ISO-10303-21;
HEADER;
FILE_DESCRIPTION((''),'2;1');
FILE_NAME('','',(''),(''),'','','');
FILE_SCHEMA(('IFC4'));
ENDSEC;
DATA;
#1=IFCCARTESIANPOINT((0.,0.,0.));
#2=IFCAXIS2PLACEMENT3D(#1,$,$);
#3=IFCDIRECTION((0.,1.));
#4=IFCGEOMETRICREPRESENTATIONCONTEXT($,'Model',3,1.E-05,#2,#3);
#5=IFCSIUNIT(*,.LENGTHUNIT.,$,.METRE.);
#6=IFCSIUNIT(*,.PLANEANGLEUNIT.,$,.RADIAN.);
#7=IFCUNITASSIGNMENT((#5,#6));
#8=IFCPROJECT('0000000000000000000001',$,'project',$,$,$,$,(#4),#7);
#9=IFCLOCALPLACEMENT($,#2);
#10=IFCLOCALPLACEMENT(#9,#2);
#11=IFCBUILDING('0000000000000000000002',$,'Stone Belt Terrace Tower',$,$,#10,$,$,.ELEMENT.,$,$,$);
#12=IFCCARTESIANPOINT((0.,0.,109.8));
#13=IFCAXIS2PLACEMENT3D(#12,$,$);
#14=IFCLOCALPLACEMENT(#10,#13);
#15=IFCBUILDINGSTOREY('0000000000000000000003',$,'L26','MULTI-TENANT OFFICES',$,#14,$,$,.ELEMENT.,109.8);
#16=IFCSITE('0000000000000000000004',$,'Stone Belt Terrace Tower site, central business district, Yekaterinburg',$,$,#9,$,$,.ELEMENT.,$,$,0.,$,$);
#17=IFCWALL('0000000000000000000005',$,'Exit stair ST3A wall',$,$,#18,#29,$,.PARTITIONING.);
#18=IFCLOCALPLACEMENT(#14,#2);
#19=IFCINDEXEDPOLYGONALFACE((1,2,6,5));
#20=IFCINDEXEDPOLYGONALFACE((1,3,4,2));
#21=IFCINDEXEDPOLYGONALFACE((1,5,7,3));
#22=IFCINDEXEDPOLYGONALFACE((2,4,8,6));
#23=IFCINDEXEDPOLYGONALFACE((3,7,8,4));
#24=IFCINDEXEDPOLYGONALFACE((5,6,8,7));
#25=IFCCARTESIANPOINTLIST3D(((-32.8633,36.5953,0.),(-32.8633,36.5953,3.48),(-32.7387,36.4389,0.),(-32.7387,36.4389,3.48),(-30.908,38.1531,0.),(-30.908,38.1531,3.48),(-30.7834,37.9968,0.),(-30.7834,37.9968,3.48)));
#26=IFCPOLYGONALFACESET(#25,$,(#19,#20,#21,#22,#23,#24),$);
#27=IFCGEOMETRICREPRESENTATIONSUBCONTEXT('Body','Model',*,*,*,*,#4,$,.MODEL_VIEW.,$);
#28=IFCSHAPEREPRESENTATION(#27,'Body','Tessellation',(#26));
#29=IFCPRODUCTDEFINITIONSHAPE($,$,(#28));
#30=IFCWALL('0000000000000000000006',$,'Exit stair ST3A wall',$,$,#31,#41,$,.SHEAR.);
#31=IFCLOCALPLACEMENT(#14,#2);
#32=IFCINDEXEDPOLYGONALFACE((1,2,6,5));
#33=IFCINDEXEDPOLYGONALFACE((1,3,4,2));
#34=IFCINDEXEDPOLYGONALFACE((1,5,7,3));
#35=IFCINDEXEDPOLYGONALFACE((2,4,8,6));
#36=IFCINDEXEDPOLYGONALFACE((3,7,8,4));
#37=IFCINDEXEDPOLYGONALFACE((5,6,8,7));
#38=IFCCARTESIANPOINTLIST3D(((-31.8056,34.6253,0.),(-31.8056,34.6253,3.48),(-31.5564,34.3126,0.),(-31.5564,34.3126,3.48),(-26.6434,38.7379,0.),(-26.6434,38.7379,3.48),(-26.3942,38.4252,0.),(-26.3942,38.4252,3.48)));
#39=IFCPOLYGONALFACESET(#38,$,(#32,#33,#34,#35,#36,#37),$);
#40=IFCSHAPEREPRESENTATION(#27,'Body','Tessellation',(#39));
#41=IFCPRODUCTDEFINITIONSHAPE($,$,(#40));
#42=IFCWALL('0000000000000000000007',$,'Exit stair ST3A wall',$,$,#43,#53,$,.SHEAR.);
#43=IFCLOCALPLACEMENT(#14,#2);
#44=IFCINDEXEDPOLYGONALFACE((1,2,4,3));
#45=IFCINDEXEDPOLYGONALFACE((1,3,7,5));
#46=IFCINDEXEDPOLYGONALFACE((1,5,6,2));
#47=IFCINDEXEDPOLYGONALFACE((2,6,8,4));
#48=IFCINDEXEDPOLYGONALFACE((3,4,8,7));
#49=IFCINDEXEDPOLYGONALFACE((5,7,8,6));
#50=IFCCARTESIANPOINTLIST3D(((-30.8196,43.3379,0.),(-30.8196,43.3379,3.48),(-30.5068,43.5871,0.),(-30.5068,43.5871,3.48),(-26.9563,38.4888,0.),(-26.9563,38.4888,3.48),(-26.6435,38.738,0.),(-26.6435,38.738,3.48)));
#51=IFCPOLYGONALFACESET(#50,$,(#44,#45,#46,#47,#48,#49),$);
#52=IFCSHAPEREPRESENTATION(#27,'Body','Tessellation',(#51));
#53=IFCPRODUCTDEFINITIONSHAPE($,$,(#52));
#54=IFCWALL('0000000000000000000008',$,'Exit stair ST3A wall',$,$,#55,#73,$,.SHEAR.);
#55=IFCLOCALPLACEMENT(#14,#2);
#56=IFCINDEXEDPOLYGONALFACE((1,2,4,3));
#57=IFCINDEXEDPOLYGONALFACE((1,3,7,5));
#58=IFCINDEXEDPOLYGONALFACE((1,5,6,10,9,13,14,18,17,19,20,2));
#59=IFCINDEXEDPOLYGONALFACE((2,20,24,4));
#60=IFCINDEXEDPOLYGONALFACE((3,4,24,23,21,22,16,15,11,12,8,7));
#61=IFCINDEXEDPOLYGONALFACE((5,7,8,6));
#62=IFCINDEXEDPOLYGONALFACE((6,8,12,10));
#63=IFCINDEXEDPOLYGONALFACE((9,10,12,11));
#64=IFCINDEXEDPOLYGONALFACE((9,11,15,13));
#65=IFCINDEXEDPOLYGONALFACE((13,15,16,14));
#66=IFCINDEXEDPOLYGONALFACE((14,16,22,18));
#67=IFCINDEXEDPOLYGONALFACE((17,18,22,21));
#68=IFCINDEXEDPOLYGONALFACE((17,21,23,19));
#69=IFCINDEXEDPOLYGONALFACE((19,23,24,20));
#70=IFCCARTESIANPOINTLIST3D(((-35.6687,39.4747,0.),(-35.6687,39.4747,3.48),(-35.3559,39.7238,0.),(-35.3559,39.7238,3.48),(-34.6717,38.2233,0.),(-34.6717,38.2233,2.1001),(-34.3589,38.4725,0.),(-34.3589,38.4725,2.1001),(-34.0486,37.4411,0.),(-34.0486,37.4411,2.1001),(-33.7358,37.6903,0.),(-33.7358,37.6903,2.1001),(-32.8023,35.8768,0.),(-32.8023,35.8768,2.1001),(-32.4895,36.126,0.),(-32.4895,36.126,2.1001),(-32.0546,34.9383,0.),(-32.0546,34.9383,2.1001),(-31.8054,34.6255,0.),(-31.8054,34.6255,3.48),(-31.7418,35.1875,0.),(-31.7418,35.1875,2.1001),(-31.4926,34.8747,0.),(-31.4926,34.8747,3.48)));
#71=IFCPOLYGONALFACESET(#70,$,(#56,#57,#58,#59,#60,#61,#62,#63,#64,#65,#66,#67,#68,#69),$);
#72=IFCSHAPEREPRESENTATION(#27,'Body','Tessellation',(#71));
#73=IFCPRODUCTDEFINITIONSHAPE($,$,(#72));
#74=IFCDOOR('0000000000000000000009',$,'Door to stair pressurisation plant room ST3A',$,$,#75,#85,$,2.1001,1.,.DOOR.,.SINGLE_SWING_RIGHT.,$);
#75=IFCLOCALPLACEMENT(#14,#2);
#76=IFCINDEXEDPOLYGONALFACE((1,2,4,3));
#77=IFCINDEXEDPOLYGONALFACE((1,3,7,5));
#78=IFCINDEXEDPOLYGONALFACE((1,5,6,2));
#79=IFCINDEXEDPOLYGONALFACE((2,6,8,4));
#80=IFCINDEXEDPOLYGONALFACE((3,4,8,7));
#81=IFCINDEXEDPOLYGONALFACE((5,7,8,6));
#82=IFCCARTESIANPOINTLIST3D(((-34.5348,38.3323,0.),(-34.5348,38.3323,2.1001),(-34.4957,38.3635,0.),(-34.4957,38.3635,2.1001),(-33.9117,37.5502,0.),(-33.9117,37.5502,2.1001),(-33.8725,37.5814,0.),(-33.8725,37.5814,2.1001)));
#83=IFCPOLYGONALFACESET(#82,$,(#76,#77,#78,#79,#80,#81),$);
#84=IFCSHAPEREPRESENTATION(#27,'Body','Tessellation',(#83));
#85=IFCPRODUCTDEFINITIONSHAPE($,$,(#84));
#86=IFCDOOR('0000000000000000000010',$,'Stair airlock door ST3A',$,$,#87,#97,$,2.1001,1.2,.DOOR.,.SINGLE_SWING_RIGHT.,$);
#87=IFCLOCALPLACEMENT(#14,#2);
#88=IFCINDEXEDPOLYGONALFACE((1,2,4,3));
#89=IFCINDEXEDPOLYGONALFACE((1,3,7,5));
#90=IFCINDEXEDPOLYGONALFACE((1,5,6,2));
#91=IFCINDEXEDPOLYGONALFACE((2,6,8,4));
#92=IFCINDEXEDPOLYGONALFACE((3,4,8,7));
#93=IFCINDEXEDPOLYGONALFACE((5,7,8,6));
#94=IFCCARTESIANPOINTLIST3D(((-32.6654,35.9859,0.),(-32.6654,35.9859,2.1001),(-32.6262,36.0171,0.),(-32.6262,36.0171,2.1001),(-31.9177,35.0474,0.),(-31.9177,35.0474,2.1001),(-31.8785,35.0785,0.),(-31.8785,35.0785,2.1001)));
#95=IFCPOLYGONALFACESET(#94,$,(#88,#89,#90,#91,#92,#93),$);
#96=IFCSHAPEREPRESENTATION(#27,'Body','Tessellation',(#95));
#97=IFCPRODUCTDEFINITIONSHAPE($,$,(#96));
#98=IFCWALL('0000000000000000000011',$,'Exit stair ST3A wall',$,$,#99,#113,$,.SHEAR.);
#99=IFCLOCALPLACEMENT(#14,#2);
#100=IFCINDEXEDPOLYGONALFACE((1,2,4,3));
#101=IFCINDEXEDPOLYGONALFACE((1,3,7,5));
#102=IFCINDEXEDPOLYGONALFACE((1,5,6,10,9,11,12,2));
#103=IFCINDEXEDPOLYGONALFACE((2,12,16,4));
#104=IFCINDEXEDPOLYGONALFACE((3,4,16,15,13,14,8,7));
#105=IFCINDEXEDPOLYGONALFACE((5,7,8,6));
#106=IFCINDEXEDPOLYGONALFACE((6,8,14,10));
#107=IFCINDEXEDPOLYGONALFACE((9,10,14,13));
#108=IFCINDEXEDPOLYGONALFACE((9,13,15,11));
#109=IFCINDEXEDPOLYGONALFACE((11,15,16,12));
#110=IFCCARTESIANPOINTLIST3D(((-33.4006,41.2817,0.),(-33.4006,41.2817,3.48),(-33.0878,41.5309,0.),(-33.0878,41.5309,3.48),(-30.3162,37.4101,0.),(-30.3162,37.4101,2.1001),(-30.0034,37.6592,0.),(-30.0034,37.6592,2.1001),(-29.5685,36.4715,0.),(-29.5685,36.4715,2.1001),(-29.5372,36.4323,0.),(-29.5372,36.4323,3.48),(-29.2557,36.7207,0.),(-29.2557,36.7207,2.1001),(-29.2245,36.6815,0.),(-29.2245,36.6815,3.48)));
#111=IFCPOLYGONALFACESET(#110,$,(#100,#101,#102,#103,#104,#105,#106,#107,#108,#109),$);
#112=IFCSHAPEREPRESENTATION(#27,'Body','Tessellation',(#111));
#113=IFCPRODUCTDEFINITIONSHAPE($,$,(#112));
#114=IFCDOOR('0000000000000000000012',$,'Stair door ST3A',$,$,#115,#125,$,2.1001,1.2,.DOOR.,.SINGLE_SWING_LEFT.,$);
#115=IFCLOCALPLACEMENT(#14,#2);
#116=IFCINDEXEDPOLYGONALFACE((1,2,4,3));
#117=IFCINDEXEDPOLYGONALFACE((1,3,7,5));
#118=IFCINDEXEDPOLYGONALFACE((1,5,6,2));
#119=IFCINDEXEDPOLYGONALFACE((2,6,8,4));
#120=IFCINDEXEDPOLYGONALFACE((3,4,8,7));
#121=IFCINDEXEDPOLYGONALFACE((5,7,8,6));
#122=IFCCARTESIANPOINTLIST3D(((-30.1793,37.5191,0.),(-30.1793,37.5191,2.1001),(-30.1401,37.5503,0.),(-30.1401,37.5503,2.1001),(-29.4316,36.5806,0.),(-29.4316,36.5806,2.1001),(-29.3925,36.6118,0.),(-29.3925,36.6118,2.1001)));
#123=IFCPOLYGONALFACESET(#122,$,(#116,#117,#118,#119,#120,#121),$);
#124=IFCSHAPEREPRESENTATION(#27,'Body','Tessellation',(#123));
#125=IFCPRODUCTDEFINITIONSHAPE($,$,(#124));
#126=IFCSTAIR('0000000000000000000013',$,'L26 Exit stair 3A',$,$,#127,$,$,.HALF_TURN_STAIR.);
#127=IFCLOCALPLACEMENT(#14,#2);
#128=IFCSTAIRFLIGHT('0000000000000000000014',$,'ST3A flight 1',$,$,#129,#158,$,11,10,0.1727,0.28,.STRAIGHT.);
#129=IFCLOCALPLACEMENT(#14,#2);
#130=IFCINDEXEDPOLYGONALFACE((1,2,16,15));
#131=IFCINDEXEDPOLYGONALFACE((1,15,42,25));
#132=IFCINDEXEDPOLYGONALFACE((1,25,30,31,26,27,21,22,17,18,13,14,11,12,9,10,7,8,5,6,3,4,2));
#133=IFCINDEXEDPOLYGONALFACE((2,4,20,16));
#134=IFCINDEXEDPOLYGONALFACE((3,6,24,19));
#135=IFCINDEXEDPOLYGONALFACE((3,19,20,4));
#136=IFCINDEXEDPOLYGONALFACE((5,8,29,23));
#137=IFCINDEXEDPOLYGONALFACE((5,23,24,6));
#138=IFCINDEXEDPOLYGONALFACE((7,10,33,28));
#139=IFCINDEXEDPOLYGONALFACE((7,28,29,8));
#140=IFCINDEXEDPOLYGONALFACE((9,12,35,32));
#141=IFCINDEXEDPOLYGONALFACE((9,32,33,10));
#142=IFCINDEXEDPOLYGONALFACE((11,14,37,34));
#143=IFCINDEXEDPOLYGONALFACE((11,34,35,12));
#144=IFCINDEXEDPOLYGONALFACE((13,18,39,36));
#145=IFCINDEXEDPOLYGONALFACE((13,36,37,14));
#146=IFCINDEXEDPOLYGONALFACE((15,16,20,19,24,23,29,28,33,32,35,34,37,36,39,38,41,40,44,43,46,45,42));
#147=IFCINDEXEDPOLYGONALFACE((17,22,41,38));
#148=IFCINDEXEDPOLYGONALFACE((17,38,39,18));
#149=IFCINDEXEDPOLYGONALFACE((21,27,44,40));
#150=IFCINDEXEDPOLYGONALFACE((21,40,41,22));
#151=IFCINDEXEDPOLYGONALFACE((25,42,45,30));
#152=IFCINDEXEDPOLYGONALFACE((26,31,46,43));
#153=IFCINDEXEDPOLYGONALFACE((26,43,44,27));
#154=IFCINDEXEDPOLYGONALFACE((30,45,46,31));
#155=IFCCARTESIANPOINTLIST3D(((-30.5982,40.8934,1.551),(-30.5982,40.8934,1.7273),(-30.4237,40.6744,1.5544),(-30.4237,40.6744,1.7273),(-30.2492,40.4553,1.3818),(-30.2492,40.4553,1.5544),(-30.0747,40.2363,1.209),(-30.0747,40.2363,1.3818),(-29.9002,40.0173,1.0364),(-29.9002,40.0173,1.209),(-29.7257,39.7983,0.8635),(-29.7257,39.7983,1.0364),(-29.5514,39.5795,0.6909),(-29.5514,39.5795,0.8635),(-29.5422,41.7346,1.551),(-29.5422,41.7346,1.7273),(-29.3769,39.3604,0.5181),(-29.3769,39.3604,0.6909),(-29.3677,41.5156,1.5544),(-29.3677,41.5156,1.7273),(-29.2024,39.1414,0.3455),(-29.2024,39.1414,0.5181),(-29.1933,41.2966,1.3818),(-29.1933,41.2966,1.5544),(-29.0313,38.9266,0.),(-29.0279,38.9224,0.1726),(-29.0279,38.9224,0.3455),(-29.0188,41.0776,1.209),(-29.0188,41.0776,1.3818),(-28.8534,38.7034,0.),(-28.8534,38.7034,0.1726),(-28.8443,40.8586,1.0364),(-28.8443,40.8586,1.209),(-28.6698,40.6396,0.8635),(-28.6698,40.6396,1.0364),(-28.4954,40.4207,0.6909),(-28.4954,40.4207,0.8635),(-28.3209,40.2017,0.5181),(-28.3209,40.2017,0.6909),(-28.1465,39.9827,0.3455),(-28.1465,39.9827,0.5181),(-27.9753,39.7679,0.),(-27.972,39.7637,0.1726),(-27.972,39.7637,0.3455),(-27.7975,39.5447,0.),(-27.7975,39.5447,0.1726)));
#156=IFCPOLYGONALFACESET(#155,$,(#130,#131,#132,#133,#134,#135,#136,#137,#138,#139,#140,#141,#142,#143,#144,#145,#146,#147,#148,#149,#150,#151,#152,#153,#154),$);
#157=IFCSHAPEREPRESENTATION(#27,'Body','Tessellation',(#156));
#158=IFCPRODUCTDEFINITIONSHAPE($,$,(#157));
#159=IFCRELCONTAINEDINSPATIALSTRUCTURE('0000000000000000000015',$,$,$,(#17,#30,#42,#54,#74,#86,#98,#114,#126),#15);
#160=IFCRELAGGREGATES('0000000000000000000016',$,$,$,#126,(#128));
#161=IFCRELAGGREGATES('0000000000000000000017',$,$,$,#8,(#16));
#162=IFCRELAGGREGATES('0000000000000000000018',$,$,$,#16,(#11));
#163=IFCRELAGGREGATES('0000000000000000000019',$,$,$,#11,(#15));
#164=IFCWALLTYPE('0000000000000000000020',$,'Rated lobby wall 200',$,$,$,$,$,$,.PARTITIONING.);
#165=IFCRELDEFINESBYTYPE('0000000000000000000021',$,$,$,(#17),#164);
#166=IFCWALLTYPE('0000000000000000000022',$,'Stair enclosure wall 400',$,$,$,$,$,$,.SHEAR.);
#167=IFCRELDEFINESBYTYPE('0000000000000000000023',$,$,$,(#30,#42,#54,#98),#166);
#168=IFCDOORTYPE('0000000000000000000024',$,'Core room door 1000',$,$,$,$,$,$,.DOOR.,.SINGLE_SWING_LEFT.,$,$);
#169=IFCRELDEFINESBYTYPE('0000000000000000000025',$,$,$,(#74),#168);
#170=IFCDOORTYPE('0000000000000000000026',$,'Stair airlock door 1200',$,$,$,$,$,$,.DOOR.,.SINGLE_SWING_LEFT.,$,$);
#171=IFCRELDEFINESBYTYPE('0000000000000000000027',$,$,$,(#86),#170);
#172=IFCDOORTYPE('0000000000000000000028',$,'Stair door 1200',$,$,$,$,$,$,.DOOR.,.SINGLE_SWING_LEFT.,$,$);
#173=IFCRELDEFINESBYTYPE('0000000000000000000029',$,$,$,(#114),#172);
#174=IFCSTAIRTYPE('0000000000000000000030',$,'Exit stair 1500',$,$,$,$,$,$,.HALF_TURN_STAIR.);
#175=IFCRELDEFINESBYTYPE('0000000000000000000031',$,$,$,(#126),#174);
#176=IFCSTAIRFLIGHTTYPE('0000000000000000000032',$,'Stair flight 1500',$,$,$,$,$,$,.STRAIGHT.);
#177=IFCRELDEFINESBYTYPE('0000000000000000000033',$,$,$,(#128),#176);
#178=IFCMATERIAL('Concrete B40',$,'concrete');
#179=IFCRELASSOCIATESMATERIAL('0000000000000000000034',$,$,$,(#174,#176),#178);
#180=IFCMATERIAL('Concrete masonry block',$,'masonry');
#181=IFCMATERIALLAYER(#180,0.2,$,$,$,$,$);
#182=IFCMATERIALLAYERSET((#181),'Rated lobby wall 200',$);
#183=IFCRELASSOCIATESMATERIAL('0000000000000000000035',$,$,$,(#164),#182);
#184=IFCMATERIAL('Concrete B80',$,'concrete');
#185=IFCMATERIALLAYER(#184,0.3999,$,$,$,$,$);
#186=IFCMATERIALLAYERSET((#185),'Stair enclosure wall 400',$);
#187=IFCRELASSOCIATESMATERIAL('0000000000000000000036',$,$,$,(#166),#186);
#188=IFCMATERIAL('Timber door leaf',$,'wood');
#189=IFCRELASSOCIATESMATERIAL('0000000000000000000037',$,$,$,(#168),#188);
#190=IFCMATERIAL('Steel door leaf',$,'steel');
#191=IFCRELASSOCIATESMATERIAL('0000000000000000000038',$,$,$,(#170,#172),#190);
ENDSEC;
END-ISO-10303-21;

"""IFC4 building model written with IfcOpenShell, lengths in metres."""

from ifc_helpers import new_model, si_unit, direction, frame, frame_2d, origin, place, context, subcontext, project, spatial, polyline, rectangle, outline, extrude, material, layer, layer_set, type_object, element, fill, aggregate, save


model = new_model("IFC4")

# Units and contexts
model_context = context("Model", 3, precision=1e-05, world=origin(), true_north=direction((0.0, 1.0)))
body_context = subcontext(model_context, "Body", "Model", "MODEL_VIEW")
ifc_project = project(units=[si_unit("LENGTHUNIT", "METRE"), si_unit("PLANEANGLEUNIT", "RADIAN")], contexts=[model_context])

# Site, building, storey
site_placement = place(None, origin())
site = spatial("IfcSite", under=ifc_project, at=site_placement, Name="Stone Belt Terrace Tower site, central business district, Yekaterinburg", CompositionType="ELEMENT", RefElevation=0.0)
building_placement = place(site_placement, origin())
building = spatial("IfcBuilding", under=site, at=building_placement, Name="Stone Belt Terrace Tower", CompositionType="ELEMENT")
storey_placement = place(building_placement, frame((0.0, 0.0, 109.8)))
storey = spatial("IfcBuildingStorey", under=building, at=storey_placement, Name="L26", Description="MULTI-TENANT OFFICES", CompositionType="ELEMENT", Elevation=109.8)

# Shared definitions
ifc_material_1 = material(Name="Concrete B80", Category="concrete")

# Shared definitions
ifc_material_2 = material(Name="Concrete B40", Category="concrete")

# Shared definitions
stair_type = type_object("IfcStairType", Name="Exit stair 1500", PredefinedType="HALF_TURN_STAIR", material=ifc_material_2)

# Walls
ifc_material_3 = material(Name="Concrete masonry block", Category="masonry")
ifc_layer_1 = layer(ifc_material_3, 0.2)
ifc_layer_set_1 = layer_set([ifc_layer_1], Name="Rated lobby wall 200")
wall_type_1 = type_object("IfcWallType", Name="Rated lobby wall 200", PredefinedType="PARTITIONING", material=ifc_layer_set_1)
wall_1_placement = place(storey_placement, frame((-30.8457, 38.075, 0.0), z_axis=(0.0, 0.0, 1.0), x_axis=(-0.782115, -0.623134, 0.0)))
element("IfcWall", 1, at=wall_1_placement, inside=storey, type_object=wall_type_1, Name="Exit stair ST3A wall", PredefinedType="PARTITIONING", context=body_context, shape_type="SweptSolid", body=[
    extrude(rectangle(XDim=2.5, YDim=0.2, at=frame_2d((1.25, 0.0))), origin(), (0.0, 0.0, 1.0), 3.48),
])
ifc_layer_2 = layer(ifc_material_1, 0.3999)
ifc_layer_set_2 = layer_set([ifc_layer_2], Name="Stair enclosure wall 400")
wall_type_2 = type_object("IfcWallType", Name="Stair enclosure wall 400", PredefinedType="SHEAR", material=ifc_layer_set_2)
wall_2_placement = place(storey_placement, frame((-26.5188, 38.5815, 0.0), z_axis=(0.0, 0.0, 1.0), x_axis=(-0.782134, -0.62311, 0.0)))
element("IfcWall", 2, at=wall_2_placement, inside=storey, type_object=wall_type_2, Name="Exit stair ST3A wall", PredefinedType="SHEAR", context=body_context, shape_type="SweptSolid", body=[
    extrude(rectangle(XDim=6.6001, YDim=0.3999, at=frame_2d((3.3, 0.0))), origin(), (0.0, 0.0, 1.0), 3.48),
])
wall_3_placement = place(storey_placement, frame((-26.7998, 38.6133, 0.0), z_axis=(0.0, 0.0, 1.0), x_axis=(-0.623119, 0.782127, 0.0)))
element("IfcWall", 3, at=wall_3_placement, inside=storey, type_object=wall_type_2, Name="Exit stair ST3A wall", PredefinedType="SHEAR", context=body_context, shape_type="SweptSolid", body=[
    extrude(rectangle(XDim=6.2, YDim=0.3999, at=frame_2d((3.1001, 0.0))), origin(), (0.0, 0.0, 1.0), 3.48),
])

# Wall, openings, doors
wall_4_placement = place(storey_placement, frame((-31.6489, 34.75, 0.0), z_axis=(0.0, 0.0, 1.0), x_axis=(-0.623119, 0.782127, 0.0)))
wall_4 = element("IfcWall", 4, at=wall_4_placement, inside=storey, type_object=wall_type_2, Name="Exit stair ST3A wall", PredefinedType="SHEAR", context=body_context, shape_type="SweptSolid", body=[
    extrude(rectangle(XDim=6.2, YDim=0.3999, at=frame_2d((3.1001, 0.0))), origin(), (0.0, 0.0, 1.0), 3.48),
])
opening_1_placement = place(wall_4_placement, frame((0.3999, 0.0, 0.0)))
opening_1 = element("IfcOpeningElement", 5, at=opening_1_placement, cuts=wall_4, PredefinedType="OPENING", context=body_context, shape_type="SweptSolid", body=[
    extrude(rectangle(XDim=1.2, YDim=2.1001, at=frame_2d((0.6001, 1.05))), frame((0.0, 0.21, 0.0), z_axis=(0.0, -1.0, 0.0), x_axis=(1.0, 0.0, 0.0)), (0.0, 0.0, 1.0), 0.4199),
])
opening_2_placement = place(wall_4_placement, frame((3.6001, 0.0, 0.0)))
opening_2 = element("IfcOpeningElement", 6, at=opening_2_placement, cuts=wall_4, PredefinedType="OPENING", context=body_context, shape_type="SweptSolid", body=[
    extrude(rectangle(XDim=1.0, YDim=2.1001, at=frame_2d((0.5, 1.05))), frame((0.0, 0.21, 0.0), z_axis=(0.0, -1.0, 0.0), x_axis=(1.0, 0.0, 0.0)), (0.0, 0.0, 1.0), 0.4199),
])
ifc_material_4 = material(Name="Timber door leaf", Category="wood")
door_type_1 = type_object("IfcDoorType", Name="Core room door 1000", OperationType="SINGLE_SWING_LEFT", PredefinedType="DOOR", material=ifc_material_4)
door_1_placement = place(opening_2_placement, origin())
door_1 = element("IfcDoor", 7, at=door_1_placement, inside=storey, type_object=door_type_1, Name="Door to stair pressurisation plant room ST3A", OperationType="SINGLE_SWING_RIGHT", OverallHeight=2.1001, OverallWidth=1.0, PredefinedType="DOOR", context=body_context, shape_type="SweptSolid", body=[
    extrude(rectangle(XDim=1.0, YDim=2.1001, at=frame_2d((0.5, 1.05))), frame((0.0, 0.0249, 0.0), z_axis=(0.0, -1.0, 0.0), x_axis=(1.0, 0.0, 0.0)), (0.0, 0.0, 1.0), 0.05),
])
fill(opening_2, door_1)
ifc_material_5 = material(Name="Steel door leaf", Category="steel")
door_type_2 = type_object("IfcDoorType", Name="Stair airlock door 1200", OperationType="SINGLE_SWING_LEFT", PredefinedType="DOOR", material=ifc_material_5)
door_2_placement = place(opening_1_placement, origin())
door_2 = element("IfcDoor", 8, at=door_2_placement, inside=storey, type_object=door_type_2, Name="Stair airlock door ST3A", OperationType="SINGLE_SWING_RIGHT", OverallHeight=2.1001, OverallWidth=1.2, PredefinedType="DOOR", context=body_context, shape_type="SweptSolid", body=[
    extrude(rectangle(XDim=1.2, YDim=2.1001, at=frame_2d((0.6001, 1.05))), frame((0.0, 0.0249, 0.0), z_axis=(0.0, -1.0, 0.0), x_axis=(1.0, 0.0, 0.0)), (0.0, 0.0, 1.0), 0.05),
])
fill(opening_1, door_2)

# Wall, opening, door
wall_5_placement = place(storey_placement, frame((-29.3809, 36.5569, 0.0), z_axis=(0.0, 0.0, 1.0), x_axis=(-0.623099, 0.782143, 0.0)))
wall_5 = element("IfcWall", 9, at=wall_5_placement, inside=storey, type_object=wall_type_2, Name="Exit stair ST3A wall", PredefinedType="SHEAR", context=body_context, shape_type="SweptSolid", body=[
    extrude(rectangle(XDim=6.2002, YDim=0.3999, at=frame_2d((3.1001, 0.0))), origin(), (0.0, 0.0, 1.0), 3.48),
])
opening_3_placement = place(wall_5_placement, frame((0.05, 0.0, 0.0)))
opening_3 = element("IfcOpeningElement", 10, at=opening_3_placement, cuts=wall_5, PredefinedType="OPENING", context=body_context, shape_type="SweptSolid", body=[
    extrude(rectangle(XDim=1.2, YDim=2.1001, at=frame_2d((0.6001, 1.05))), frame((0.0, 0.21, 0.0), z_axis=(0.0, -1.0, 0.0), x_axis=(1.0, 0.0, 0.0)), (0.0, 0.0, 1.0), 0.4199),
])
door_type_3 = type_object("IfcDoorType", Name="Stair door 1200", OperationType="SINGLE_SWING_LEFT", PredefinedType="DOOR", material=ifc_material_5)
door_3_placement = place(opening_3_placement, origin())
door_3 = element("IfcDoor", 11, at=door_3_placement, inside=storey, type_object=door_type_3, Name="Stair door ST3A", OperationType="SINGLE_SWING_LEFT", OverallHeight=2.1001, OverallWidth=1.2, PredefinedType="DOOR", context=body_context, shape_type="SweptSolid", body=[
    extrude(rectangle(XDim=1.2, YDim=2.1001, at=frame_2d((0.6001, 1.05))), frame((0.0, 0.0249, 0.0), z_axis=(0.0, -1.0, 0.0), x_axis=(1.0, 0.0, 0.0)), (0.0, 0.0, 1.0), 0.05),
])
fill(opening_3, door_3)

# Stair, stair flight
stair_1_placement = place(storey_placement, origin())
stair_1 = element("IfcStair", 12, at=stair_1_placement, inside=storey, type_object=stair_type, Name="L26 Exit stair 3A", PredefinedType="HALF_TURN_STAIR")
stair_flight_type = type_object("IfcStairFlightType", Name="Stair flight 1500", PredefinedType="STRAIGHT", material=ifc_material_2)
stair_flight_1_placement = place(storey_placement, frame((-28.3254, 39.124, 0.0), z_axis=(0.0, 0.0, 1.0), x_axis=(-0.623121, 0.782125, 0.0)))
stair_flight_1 = element("IfcStairFlight", 13, at=stair_flight_1_placement, type_object=stair_flight_type, Name="ST3A flight 1", NumberOfRisers=11, NumberOfTreads=10, PredefinedType="STRAIGHT", RiserHeight=0.1727, TreadLength=0.28, context=body_context, shape_type="SweptSolid", body=[
    extrude(outline(polyline([(0.0, 0.0), (0.0, 0.1726), (0.28, 0.1726), (0.28, 0.3455), (0.5601, 0.3455), (0.5601, 0.5181), (0.8401, 0.5181), (0.8401, 0.6909), (1.1201, 0.6909), (1.1201, 0.8635), (1.3999, 0.8635), (1.3999, 1.0364), (1.6799, 1.0364), (1.6799, 1.209), (1.96, 1.209), (1.96, 1.3818), (2.24, 1.3818), (2.24, 1.5544), (2.52, 1.5544), (2.52, 1.7273), (2.8, 1.7273), (2.8, 1.8999), (2.8, 1.551), (0.2854, 0.0), (0.0, 0.0)])), frame((0.0, 0.675, 0.0), z_axis=(0.0, -1.0, 0.0), x_axis=(1.0, 0.0, 0.0)), (0.0, 0.0, 1.0), 1.3501),
])
aggregate(stair_1, [stair_flight_1])

save(model, "model.ifc")
